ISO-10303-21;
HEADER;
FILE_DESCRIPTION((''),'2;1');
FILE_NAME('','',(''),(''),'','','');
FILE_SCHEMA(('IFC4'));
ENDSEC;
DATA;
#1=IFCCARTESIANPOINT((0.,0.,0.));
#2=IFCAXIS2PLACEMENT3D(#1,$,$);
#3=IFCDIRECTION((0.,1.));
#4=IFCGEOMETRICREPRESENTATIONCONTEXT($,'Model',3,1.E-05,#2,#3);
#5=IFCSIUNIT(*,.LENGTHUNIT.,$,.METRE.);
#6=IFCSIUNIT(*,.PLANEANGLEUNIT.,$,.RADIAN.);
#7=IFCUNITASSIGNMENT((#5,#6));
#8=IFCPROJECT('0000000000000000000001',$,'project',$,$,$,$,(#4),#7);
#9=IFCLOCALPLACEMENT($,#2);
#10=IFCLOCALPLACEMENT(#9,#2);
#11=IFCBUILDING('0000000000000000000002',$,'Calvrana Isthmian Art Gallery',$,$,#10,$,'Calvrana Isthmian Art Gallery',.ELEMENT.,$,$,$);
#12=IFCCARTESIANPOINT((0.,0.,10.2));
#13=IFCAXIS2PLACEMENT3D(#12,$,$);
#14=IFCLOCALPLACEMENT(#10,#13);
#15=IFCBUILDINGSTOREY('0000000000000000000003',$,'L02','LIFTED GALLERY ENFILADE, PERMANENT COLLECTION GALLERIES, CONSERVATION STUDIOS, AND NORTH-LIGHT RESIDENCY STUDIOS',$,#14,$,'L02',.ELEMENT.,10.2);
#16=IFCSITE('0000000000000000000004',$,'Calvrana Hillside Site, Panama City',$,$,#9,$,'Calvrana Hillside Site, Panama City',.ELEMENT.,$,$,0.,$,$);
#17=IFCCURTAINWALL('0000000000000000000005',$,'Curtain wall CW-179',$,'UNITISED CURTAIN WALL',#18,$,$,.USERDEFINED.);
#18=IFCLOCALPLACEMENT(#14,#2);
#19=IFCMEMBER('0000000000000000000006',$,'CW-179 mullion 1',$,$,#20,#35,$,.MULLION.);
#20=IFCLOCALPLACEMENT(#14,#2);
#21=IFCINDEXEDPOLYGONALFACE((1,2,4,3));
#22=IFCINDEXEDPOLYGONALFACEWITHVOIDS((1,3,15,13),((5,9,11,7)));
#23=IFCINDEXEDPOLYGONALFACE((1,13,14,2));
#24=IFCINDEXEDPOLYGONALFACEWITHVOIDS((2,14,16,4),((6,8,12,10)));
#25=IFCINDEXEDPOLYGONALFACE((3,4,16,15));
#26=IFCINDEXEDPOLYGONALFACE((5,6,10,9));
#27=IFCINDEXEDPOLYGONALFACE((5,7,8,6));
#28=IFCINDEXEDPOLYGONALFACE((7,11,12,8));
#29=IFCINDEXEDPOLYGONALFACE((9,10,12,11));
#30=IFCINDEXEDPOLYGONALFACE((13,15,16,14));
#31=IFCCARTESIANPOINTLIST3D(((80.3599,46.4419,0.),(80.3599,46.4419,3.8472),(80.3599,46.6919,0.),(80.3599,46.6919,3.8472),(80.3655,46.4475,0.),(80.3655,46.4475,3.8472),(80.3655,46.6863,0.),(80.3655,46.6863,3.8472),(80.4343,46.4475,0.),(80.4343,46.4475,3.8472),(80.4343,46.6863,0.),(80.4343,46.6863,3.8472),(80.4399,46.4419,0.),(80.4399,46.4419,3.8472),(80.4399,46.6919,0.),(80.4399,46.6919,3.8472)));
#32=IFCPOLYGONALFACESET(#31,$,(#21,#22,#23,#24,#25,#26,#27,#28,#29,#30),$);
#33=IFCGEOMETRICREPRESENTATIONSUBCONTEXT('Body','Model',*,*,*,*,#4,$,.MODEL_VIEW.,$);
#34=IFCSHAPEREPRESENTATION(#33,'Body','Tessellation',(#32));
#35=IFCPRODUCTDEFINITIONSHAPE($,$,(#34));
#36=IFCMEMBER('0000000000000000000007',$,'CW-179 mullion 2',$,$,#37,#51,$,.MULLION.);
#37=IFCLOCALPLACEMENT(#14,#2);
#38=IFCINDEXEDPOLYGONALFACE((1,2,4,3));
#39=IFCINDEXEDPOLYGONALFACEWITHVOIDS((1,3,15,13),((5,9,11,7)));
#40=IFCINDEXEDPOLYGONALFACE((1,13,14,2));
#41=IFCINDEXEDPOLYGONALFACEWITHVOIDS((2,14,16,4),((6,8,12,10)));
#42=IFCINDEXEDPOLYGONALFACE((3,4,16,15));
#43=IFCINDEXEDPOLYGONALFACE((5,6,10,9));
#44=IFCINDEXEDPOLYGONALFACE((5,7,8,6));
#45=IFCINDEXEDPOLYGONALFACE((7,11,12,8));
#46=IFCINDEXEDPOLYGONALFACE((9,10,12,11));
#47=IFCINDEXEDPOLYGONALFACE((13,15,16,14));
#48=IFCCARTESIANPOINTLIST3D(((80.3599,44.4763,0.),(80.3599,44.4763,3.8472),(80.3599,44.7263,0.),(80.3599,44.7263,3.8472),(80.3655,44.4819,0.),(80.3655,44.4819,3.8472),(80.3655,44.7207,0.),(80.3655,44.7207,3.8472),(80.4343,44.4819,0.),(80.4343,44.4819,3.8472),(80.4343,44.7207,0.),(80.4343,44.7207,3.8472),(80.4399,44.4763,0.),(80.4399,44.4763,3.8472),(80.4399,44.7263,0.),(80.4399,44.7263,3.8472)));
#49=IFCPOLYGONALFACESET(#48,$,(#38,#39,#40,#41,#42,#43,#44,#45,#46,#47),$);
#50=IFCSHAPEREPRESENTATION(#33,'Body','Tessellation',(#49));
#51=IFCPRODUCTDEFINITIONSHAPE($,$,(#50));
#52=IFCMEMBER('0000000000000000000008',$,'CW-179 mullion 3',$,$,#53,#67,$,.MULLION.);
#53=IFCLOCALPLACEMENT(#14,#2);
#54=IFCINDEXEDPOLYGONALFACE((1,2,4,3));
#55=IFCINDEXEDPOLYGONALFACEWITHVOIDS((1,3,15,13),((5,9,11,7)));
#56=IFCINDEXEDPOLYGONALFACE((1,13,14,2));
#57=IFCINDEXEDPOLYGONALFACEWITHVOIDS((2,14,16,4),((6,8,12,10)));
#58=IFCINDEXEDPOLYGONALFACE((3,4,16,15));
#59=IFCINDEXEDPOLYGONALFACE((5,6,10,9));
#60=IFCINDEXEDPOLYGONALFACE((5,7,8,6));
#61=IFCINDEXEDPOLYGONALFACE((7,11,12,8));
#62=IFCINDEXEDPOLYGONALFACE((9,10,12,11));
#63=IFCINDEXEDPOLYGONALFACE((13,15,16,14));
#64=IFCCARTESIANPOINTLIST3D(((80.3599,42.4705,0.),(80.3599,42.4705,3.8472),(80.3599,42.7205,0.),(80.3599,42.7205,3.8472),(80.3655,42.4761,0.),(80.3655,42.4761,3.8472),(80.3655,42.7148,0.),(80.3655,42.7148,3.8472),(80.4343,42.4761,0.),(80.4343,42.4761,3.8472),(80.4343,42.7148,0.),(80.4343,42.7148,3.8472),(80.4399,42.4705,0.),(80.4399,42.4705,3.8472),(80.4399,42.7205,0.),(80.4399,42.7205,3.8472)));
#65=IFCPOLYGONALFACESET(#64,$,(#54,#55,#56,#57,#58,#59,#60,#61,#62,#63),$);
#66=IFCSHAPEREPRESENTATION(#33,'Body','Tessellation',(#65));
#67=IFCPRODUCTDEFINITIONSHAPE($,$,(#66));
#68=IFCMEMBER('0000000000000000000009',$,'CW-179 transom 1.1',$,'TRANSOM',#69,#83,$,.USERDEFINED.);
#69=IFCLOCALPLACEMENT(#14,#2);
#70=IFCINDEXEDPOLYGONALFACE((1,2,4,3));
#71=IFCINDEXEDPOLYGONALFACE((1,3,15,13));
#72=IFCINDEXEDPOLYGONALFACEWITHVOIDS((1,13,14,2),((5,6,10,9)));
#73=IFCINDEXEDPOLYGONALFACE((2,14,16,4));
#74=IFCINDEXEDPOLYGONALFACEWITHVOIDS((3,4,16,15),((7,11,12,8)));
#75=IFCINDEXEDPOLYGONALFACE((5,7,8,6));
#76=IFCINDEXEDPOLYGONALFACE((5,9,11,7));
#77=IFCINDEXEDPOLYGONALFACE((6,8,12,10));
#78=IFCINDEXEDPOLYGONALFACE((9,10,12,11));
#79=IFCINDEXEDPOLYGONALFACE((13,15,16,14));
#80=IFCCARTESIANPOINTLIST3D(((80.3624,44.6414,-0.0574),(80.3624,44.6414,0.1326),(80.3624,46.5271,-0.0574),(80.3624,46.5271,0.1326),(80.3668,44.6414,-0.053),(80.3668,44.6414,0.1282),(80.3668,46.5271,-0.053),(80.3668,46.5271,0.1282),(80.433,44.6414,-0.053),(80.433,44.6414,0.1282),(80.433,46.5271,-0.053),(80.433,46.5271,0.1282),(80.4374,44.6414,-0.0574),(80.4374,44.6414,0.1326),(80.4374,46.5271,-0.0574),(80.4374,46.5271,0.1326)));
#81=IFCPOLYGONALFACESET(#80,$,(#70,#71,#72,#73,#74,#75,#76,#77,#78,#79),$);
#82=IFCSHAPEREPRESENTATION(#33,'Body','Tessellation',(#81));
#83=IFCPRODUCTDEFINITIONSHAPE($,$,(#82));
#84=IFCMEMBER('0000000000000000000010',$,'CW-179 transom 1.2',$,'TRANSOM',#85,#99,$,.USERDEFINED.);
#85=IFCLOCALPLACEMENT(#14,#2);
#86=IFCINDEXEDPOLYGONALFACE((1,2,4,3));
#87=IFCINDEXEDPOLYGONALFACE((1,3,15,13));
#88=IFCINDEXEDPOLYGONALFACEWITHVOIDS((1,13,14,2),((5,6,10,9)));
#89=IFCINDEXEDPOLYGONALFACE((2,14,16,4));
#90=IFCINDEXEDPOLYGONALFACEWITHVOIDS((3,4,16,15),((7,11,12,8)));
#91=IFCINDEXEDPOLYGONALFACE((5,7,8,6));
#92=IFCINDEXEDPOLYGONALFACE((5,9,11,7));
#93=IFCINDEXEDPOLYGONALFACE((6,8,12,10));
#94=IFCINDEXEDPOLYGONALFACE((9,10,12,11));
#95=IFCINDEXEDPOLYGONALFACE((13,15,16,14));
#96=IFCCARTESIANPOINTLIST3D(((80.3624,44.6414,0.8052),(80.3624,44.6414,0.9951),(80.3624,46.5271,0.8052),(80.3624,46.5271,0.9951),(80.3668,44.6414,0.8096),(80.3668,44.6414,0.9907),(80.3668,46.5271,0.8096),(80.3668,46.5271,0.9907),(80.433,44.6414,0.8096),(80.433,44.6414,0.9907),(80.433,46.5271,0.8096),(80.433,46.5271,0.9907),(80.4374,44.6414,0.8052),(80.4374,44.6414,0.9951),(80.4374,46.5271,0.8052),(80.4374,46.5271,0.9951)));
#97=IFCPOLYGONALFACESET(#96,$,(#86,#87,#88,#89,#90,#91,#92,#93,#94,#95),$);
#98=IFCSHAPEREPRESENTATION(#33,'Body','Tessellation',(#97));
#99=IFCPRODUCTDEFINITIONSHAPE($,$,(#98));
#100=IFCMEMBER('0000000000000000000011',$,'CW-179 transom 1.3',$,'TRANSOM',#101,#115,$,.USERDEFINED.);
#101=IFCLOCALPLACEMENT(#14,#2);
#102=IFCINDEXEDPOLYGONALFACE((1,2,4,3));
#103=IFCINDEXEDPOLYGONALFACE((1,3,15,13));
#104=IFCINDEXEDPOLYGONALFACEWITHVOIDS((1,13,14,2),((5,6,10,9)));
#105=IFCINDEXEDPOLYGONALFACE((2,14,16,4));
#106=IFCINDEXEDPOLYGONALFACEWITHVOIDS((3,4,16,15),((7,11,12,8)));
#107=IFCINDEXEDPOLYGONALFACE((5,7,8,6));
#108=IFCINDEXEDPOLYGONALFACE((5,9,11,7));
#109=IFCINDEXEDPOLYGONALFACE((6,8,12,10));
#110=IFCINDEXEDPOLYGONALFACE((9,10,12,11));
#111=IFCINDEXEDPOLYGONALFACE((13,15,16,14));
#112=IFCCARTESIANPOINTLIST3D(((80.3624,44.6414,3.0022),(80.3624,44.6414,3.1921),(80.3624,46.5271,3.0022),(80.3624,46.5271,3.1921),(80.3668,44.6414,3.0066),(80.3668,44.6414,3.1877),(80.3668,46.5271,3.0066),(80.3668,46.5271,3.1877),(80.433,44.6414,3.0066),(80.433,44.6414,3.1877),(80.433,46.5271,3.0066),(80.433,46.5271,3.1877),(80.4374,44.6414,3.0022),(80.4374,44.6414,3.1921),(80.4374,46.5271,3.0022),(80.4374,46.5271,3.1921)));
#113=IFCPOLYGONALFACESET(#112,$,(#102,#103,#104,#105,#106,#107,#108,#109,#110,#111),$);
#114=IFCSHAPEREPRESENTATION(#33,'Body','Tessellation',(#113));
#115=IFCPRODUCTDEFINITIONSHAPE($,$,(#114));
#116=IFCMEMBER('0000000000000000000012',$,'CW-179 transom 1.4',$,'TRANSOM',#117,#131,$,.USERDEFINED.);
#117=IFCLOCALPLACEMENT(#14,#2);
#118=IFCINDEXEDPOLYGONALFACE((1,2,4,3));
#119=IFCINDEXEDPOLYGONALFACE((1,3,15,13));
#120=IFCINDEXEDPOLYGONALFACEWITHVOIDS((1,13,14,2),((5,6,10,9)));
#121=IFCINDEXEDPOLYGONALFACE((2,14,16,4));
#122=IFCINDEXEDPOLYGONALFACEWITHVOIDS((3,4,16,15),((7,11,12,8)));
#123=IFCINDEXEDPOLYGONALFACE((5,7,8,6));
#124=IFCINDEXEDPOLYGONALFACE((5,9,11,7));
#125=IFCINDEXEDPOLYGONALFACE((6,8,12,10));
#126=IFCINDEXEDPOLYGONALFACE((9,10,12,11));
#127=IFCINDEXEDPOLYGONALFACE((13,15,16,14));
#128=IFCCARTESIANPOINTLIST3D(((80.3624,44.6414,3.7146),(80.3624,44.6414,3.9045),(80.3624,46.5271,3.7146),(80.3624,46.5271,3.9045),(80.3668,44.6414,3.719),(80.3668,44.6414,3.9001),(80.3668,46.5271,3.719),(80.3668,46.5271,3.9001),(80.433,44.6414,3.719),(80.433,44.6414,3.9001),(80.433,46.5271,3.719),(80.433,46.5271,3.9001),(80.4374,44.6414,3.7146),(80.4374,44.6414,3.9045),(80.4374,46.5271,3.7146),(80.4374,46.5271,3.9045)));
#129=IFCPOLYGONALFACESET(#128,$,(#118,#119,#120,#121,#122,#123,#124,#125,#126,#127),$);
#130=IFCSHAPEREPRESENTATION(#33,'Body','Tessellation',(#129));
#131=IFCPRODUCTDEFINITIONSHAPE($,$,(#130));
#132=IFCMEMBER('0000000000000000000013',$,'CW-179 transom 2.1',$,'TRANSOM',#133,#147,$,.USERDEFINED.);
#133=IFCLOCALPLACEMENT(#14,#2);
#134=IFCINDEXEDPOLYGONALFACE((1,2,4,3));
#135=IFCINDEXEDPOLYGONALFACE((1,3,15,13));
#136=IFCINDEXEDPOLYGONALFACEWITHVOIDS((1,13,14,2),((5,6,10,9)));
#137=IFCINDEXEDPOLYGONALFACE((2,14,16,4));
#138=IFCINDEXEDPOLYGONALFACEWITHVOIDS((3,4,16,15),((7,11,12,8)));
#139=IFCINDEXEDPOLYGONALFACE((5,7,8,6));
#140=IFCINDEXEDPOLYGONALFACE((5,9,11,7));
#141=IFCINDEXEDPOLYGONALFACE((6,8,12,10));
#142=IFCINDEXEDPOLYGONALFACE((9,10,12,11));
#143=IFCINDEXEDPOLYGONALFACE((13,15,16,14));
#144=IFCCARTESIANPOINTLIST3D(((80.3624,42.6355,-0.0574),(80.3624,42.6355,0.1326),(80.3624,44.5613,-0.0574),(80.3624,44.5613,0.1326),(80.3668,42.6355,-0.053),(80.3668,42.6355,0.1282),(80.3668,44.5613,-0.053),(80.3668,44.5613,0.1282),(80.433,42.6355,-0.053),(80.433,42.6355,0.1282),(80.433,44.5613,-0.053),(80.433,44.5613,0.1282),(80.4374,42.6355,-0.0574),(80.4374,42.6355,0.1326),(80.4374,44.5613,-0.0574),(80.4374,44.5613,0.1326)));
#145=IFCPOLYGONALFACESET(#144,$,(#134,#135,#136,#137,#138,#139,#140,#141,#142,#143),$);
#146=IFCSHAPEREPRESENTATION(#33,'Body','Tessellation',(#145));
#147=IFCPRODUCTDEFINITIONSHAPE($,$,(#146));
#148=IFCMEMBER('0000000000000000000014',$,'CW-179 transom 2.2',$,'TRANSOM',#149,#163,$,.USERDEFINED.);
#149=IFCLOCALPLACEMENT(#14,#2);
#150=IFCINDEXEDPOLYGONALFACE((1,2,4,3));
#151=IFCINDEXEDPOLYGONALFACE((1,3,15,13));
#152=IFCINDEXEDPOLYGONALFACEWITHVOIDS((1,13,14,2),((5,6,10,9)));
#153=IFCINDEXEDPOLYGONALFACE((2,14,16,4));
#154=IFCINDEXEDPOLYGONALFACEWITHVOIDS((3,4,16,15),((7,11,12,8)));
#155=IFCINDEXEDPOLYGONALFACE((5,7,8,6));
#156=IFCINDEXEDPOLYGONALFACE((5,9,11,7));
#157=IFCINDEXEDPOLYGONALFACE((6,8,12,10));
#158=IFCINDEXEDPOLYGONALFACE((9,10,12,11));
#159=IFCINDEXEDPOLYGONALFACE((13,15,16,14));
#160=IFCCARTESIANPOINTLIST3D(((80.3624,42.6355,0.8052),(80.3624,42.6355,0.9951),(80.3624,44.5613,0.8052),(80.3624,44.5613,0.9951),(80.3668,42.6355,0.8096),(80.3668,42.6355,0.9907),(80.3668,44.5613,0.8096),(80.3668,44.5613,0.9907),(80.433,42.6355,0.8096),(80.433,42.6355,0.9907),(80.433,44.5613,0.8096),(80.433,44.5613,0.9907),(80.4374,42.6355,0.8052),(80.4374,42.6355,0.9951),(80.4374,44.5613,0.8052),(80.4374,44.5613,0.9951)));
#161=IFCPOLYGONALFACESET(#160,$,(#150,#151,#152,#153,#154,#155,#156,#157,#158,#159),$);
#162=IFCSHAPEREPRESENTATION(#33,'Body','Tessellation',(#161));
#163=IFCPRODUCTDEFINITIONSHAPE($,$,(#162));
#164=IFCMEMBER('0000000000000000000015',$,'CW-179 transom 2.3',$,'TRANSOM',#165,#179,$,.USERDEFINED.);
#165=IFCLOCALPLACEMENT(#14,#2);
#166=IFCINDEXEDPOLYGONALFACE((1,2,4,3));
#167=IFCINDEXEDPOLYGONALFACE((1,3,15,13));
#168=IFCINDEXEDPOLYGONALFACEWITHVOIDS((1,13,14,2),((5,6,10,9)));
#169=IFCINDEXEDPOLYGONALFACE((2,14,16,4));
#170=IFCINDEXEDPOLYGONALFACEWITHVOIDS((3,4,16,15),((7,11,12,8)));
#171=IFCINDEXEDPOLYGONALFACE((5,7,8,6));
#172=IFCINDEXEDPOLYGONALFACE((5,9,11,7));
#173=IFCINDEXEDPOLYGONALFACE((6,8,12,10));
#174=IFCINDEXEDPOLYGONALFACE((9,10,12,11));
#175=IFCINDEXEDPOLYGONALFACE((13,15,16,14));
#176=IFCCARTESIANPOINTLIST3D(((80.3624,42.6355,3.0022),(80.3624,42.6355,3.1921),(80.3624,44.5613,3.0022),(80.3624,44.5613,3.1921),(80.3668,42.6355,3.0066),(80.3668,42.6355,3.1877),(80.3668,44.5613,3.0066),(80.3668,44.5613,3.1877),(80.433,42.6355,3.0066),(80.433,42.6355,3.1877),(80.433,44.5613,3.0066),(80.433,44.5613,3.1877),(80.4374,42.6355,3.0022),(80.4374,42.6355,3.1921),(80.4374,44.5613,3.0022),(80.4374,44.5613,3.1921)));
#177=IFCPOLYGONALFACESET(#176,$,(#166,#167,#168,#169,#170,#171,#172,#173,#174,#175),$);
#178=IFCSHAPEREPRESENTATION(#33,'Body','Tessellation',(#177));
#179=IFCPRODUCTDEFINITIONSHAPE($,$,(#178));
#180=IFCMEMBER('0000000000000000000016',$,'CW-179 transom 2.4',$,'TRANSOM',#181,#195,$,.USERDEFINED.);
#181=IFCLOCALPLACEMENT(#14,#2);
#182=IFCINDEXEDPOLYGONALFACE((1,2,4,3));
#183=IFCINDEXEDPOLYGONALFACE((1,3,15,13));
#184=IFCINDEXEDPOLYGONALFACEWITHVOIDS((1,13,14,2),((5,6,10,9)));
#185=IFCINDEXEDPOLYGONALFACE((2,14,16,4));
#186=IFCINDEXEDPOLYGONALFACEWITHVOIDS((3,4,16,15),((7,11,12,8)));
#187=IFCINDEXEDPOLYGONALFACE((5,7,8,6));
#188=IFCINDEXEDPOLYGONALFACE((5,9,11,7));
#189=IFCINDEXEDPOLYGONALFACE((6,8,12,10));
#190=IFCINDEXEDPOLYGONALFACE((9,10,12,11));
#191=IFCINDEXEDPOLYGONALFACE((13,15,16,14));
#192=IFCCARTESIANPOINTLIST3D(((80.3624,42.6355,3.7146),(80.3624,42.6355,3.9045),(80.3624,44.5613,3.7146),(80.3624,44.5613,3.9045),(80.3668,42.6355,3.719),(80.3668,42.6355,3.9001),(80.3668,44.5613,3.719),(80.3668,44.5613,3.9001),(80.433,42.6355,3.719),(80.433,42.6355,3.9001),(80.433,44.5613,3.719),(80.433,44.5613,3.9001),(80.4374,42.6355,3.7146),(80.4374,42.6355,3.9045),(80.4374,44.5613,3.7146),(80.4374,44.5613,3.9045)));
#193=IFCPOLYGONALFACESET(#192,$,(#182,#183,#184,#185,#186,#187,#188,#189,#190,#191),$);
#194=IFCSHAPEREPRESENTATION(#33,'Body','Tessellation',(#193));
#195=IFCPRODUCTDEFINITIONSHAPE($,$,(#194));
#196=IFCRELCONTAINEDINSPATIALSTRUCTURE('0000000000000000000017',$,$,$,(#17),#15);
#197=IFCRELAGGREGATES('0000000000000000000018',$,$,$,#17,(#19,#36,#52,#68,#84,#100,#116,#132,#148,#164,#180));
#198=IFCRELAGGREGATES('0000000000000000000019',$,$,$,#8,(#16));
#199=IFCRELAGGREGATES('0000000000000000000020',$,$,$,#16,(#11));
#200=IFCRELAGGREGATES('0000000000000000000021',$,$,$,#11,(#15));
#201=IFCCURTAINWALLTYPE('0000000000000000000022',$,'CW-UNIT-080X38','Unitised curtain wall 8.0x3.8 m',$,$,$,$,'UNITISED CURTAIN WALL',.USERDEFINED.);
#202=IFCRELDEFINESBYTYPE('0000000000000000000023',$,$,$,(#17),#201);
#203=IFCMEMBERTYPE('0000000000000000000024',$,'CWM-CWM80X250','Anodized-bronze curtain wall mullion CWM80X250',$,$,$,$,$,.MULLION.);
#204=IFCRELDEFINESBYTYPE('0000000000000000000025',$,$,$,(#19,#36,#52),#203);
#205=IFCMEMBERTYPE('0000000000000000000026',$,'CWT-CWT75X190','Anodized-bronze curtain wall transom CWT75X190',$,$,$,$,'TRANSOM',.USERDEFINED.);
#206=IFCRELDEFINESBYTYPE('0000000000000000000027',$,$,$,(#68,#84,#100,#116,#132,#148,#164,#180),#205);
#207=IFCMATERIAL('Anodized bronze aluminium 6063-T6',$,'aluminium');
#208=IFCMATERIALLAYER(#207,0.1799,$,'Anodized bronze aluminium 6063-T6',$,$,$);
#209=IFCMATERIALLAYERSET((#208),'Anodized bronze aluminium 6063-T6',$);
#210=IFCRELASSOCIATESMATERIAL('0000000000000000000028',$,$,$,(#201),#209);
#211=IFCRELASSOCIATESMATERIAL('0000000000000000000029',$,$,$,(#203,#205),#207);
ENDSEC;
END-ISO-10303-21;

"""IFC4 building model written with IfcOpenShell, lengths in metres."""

from ifc_helpers import new_model, si_unit, direction, frame, origin, origin_2d, place, context, subcontext, project, spatial, hollow_rectangle, extrude, material, layer, layer_set, material_profile, profile_set, type_object, element, aggregate, save


model = new_model("IFC4")

# Units and contexts
model_context = context("Model", 3, precision=1e-05, world=origin(), true_north=direction((0.0, 1.0)))
body_context = subcontext(model_context, "Body", "Model", "MODEL_VIEW")
ifc_project = project(units=[si_unit("LENGTHUNIT", "METRE"), si_unit("PLANEANGLEUNIT", "RADIAN")], contexts=[model_context])

# Site, building, storey
site_placement = place(None, origin())
site = spatial("IfcSite", under=ifc_project, at=site_placement, Name="Calvrana Hillside Site, Panama City", LongName="Calvrana Hillside Site, Panama City", CompositionType="ELEMENT", RefElevation=0.0)
building_placement = place(site_placement, origin())
building = spatial("IfcBuilding", under=site, at=building_placement, Name="Calvrana Isthmian Art Gallery", LongName="Calvrana Isthmian Art Gallery", CompositionType="ELEMENT")
storey_placement = place(building_placement, frame((0.0, 0.0, 10.2)))
storey = spatial("IfcBuildingStorey", under=building, at=storey_placement, Name="L02", Description="LIFTED GALLERY ENFILADE, PERMANENT COLLECTION GALLERIES, CONSERVATION STUDIOS, AND NORTH-LIGHT RESIDENCY STUDIOS", LongName="L02", CompositionType="ELEMENT", Elevation=10.2)

# Curtain wall, members
ifc_material_1 = material(Name="Anodized bronze aluminium 6063-T6", Category="aluminium")
ifc_layer_1 = layer(ifc_material_1, 0.1799, Name="Anodized bronze aluminium 6063-T6")
ifc_layer_set_1 = layer_set([ifc_layer_1], Name="Anodized bronze aluminium 6063-T6")
curtain_wall_type = type_object("IfcCurtainWallType", Name="CW-UNIT-080X38", Description="Unitised curtain wall 8.0x3.8 m", ElementType="UNITISED CURTAIN WALL", PredefinedType="USERDEFINED", material=ifc_layer_set_1)
curtain_wall_placement = place(storey_placement, origin())
curtain_wall = element("IfcCurtainWall", 1, at=curtain_wall_placement, inside=storey, type_object=curtain_wall_type, Name="Curtain wall CW-179", ObjectType="UNITISED CURTAIN WALL", PredefinedType="USERDEFINED")
ifc_material_profile_1 = material_profile(ifc_material_1, hollow_rectangle(XDim=0.0801, YDim=0.25, WallThickness=0.0056, at=origin_2d()), Name="CWM80X250")
ifc_profile_set_1 = profile_set([ifc_material_profile_1], Name="Anodized bronze aluminium 6063-T6")
member_type_1 = type_object("IfcMemberType", Name="CWM-CWM80X250", Description="Anodized-bronze curtain wall mullion CWM80X250", PredefinedType="MULLION", material=ifc_profile_set_1)
member_1_placement = place(storey_placement, frame((80.3999, 46.5669, 0.0), z_axis=(0.0, 0.0, 1.0), x_axis=(1.0, 0.0, 0.0)))
member_1 = element("IfcMember", 2, at=member_1_placement, type_object=member_type_1, Name="CW-179 mullion 1", PredefinedType="MULLION", context=body_context, shape_type="SweptSolid", body=[
    extrude(hollow_rectangle(XDim=0.0801, YDim=0.25, WallThickness=0.0056, at=origin_2d()), origin(), (0.0, 0.0, 1.0), 3.8472),
])
member_2_placement = place(storey_placement, frame((80.3999, 44.6013, 0.0), z_axis=(0.0, 0.0, 1.0), x_axis=(1.0, 0.0, 0.0)))
member_2 = element("IfcMember", 3, at=member_2_placement, type_object=member_type_1, Name="CW-179 mullion 2", PredefinedType="MULLION", context=body_context, shape_type="SweptSolid", body=[
    extrude(hollow_rectangle(XDim=0.0801, YDim=0.25, WallThickness=0.0056, at=origin_2d()), origin(), (0.0, 0.0, 1.0), 3.8472),
])
member_3_placement = place(storey_placement, frame((80.3999, 42.5955, 0.0), z_axis=(0.0, 0.0, 1.0), x_axis=(1.0, 0.0, 0.0)))
member_3 = element("IfcMember", 4, at=member_3_placement, type_object=member_type_1, Name="CW-179 mullion 3", PredefinedType="MULLION", context=body_context, shape_type="SweptSolid", body=[
    extrude(hollow_rectangle(XDim=0.0801, YDim=0.25, WallThickness=0.0056, at=origin_2d()), origin(), (0.0, 0.0, 1.0), 3.8472),
])
ifc_material_profile_2 = material_profile(ifc_material_1, hollow_rectangle(XDim=0.075, YDim=0.1899, WallThickness=0.0044, at=origin_2d()), Name="CWT75X190")
ifc_profile_set_2 = profile_set([ifc_material_profile_2], Name="Anodized bronze aluminium 6063-T6")
member_type_2 = type_object("IfcMemberType", Name="CWT-CWT75X190", Description="Anodized-bronze curtain wall transom CWT75X190", ElementType="TRANSOM", PredefinedType="USERDEFINED", material=ifc_profile_set_2)
member_4_placement = place(storey_placement, frame((80.3999, 46.5271, 0.0376), z_axis=(0.0, -1.0, 0.0), x_axis=(1.0, 0.0, 0.0)))
member_4 = element("IfcMember", 5, at=member_4_placement, type_object=member_type_2, Name="CW-179 transom 1.1", ObjectType="TRANSOM", PredefinedType="USERDEFINED", context=body_context, shape_type="SweptSolid", body=[
    extrude(hollow_rectangle(XDim=0.075, YDim=0.1899, WallThickness=0.0044, at=origin_2d()), origin(), (0.0, 0.0, 1.0), 1.8857),
])
member_5_placement = place(storey_placement, frame((80.3999, 46.5271, 0.9001), z_axis=(0.0, -1.0, 0.0), x_axis=(1.0, 0.0, 0.0)))
member_5 = element("IfcMember", 6, at=member_5_placement, type_object=member_type_2, Name="CW-179 transom 1.2", ObjectType="TRANSOM", PredefinedType="USERDEFINED", context=body_context, shape_type="SweptSolid", body=[
    extrude(hollow_rectangle(XDim=0.075, YDim=0.1899, WallThickness=0.0044, at=origin_2d()), origin(), (0.0, 0.0, 1.0), 1.8857),
])
member_6_placement = place(storey_placement, frame((80.3999, 46.5271, 3.0972), z_axis=(0.0, -1.0, 0.0), x_axis=(1.0, 0.0, 0.0)))
member_6 = element("IfcMember", 7, at=member_6_placement, type_object=member_type_2, Name="CW-179 transom 1.3", ObjectType="TRANSOM", PredefinedType="USERDEFINED", context=body_context, shape_type="SweptSolid", body=[
    extrude(hollow_rectangle(XDim=0.075, YDim=0.1899, WallThickness=0.0044, at=origin_2d()), origin(), (0.0, 0.0, 1.0), 1.8857),
])
member_7_placement = place(storey_placement, frame((80.3999, 46.5271, 3.8096), z_axis=(0.0, -1.0, 0.0), x_axis=(1.0, 0.0, 0.0)))
member_7 = element("IfcMember", 8, at=member_7_placement, type_object=member_type_2, Name="CW-179 transom 1.4", ObjectType="TRANSOM", PredefinedType="USERDEFINED", context=body_context, shape_type="SweptSolid", body=[
    extrude(hollow_rectangle(XDim=0.075, YDim=0.1899, WallThickness=0.0044, at=origin_2d()), origin(), (0.0, 0.0, 1.0), 1.8857),
])
member_8_placement = place(storey_placement, frame((80.3999, 44.5613, 0.0376), z_axis=(0.0, -1.0, 0.0), x_axis=(1.0, 0.0, 0.0)))
member_8 = element("IfcMember", 9, at=member_8_placement, type_object=member_type_2, Name="CW-179 transom 2.1", ObjectType="TRANSOM", PredefinedType="USERDEFINED", context=body_context, shape_type="SweptSolid", body=[
    extrude(hollow_rectangle(XDim=0.075, YDim=0.1899, WallThickness=0.0044, at=origin_2d()), origin(), (0.0, 0.0, 1.0), 1.9258),
])
member_9_placement = place(storey_placement, frame((80.3999, 44.5613, 0.9001), z_axis=(0.0, -1.0, 0.0), x_axis=(1.0, 0.0, 0.0)))
member_9 = element("IfcMember", 10, at=member_9_placement, type_object=member_type_2, Name="CW-179 transom 2.2", ObjectType="TRANSOM", PredefinedType="USERDEFINED", context=body_context, shape_type="SweptSolid", body=[
    extrude(hollow_rectangle(XDim=0.075, YDim=0.1899, WallThickness=0.0044, at=origin_2d()), origin(), (0.0, 0.0, 1.0), 1.9258),
])
member_10_placement = place(storey_placement, frame((80.3999, 44.5613, 3.0972), z_axis=(0.0, -1.0, 0.0), x_axis=(1.0, 0.0, 0.0)))
member_10 = element("IfcMember", 11, at=member_10_placement, type_object=member_type_2, Name="CW-179 transom 2.3", ObjectType="TRANSOM", PredefinedType="USERDEFINED", context=body_context, shape_type="SweptSolid", body=[
    extrude(hollow_rectangle(XDim=0.075, YDim=0.1899, WallThickness=0.0044, at=origin_2d()), origin(), (0.0, 0.0, 1.0), 1.9258),
])
member_11_placement = place(storey_placement, frame((80.3999, 44.5613, 3.8096), z_axis=(0.0, -1.0, 0.0), x_axis=(1.0, 0.0, 0.0)))
member_11 = element("IfcMember", 12, at=member_11_placement, type_object=member_type_2, Name="CW-179 transom 2.4", ObjectType="TRANSOM", PredefinedType="USERDEFINED", context=body_context, shape_type="SweptSolid", body=[
    extrude(hollow_rectangle(XDim=0.075, YDim=0.1899, WallThickness=0.0044, at=origin_2d()), origin(), (0.0, 0.0, 1.0), 1.9258),
])
aggregate(curtain_wall, [member_1, member_2, member_3, member_4, member_5, member_6, member_7, member_8, member_9, member_10, member_11])

save(model, "model.ifc")
